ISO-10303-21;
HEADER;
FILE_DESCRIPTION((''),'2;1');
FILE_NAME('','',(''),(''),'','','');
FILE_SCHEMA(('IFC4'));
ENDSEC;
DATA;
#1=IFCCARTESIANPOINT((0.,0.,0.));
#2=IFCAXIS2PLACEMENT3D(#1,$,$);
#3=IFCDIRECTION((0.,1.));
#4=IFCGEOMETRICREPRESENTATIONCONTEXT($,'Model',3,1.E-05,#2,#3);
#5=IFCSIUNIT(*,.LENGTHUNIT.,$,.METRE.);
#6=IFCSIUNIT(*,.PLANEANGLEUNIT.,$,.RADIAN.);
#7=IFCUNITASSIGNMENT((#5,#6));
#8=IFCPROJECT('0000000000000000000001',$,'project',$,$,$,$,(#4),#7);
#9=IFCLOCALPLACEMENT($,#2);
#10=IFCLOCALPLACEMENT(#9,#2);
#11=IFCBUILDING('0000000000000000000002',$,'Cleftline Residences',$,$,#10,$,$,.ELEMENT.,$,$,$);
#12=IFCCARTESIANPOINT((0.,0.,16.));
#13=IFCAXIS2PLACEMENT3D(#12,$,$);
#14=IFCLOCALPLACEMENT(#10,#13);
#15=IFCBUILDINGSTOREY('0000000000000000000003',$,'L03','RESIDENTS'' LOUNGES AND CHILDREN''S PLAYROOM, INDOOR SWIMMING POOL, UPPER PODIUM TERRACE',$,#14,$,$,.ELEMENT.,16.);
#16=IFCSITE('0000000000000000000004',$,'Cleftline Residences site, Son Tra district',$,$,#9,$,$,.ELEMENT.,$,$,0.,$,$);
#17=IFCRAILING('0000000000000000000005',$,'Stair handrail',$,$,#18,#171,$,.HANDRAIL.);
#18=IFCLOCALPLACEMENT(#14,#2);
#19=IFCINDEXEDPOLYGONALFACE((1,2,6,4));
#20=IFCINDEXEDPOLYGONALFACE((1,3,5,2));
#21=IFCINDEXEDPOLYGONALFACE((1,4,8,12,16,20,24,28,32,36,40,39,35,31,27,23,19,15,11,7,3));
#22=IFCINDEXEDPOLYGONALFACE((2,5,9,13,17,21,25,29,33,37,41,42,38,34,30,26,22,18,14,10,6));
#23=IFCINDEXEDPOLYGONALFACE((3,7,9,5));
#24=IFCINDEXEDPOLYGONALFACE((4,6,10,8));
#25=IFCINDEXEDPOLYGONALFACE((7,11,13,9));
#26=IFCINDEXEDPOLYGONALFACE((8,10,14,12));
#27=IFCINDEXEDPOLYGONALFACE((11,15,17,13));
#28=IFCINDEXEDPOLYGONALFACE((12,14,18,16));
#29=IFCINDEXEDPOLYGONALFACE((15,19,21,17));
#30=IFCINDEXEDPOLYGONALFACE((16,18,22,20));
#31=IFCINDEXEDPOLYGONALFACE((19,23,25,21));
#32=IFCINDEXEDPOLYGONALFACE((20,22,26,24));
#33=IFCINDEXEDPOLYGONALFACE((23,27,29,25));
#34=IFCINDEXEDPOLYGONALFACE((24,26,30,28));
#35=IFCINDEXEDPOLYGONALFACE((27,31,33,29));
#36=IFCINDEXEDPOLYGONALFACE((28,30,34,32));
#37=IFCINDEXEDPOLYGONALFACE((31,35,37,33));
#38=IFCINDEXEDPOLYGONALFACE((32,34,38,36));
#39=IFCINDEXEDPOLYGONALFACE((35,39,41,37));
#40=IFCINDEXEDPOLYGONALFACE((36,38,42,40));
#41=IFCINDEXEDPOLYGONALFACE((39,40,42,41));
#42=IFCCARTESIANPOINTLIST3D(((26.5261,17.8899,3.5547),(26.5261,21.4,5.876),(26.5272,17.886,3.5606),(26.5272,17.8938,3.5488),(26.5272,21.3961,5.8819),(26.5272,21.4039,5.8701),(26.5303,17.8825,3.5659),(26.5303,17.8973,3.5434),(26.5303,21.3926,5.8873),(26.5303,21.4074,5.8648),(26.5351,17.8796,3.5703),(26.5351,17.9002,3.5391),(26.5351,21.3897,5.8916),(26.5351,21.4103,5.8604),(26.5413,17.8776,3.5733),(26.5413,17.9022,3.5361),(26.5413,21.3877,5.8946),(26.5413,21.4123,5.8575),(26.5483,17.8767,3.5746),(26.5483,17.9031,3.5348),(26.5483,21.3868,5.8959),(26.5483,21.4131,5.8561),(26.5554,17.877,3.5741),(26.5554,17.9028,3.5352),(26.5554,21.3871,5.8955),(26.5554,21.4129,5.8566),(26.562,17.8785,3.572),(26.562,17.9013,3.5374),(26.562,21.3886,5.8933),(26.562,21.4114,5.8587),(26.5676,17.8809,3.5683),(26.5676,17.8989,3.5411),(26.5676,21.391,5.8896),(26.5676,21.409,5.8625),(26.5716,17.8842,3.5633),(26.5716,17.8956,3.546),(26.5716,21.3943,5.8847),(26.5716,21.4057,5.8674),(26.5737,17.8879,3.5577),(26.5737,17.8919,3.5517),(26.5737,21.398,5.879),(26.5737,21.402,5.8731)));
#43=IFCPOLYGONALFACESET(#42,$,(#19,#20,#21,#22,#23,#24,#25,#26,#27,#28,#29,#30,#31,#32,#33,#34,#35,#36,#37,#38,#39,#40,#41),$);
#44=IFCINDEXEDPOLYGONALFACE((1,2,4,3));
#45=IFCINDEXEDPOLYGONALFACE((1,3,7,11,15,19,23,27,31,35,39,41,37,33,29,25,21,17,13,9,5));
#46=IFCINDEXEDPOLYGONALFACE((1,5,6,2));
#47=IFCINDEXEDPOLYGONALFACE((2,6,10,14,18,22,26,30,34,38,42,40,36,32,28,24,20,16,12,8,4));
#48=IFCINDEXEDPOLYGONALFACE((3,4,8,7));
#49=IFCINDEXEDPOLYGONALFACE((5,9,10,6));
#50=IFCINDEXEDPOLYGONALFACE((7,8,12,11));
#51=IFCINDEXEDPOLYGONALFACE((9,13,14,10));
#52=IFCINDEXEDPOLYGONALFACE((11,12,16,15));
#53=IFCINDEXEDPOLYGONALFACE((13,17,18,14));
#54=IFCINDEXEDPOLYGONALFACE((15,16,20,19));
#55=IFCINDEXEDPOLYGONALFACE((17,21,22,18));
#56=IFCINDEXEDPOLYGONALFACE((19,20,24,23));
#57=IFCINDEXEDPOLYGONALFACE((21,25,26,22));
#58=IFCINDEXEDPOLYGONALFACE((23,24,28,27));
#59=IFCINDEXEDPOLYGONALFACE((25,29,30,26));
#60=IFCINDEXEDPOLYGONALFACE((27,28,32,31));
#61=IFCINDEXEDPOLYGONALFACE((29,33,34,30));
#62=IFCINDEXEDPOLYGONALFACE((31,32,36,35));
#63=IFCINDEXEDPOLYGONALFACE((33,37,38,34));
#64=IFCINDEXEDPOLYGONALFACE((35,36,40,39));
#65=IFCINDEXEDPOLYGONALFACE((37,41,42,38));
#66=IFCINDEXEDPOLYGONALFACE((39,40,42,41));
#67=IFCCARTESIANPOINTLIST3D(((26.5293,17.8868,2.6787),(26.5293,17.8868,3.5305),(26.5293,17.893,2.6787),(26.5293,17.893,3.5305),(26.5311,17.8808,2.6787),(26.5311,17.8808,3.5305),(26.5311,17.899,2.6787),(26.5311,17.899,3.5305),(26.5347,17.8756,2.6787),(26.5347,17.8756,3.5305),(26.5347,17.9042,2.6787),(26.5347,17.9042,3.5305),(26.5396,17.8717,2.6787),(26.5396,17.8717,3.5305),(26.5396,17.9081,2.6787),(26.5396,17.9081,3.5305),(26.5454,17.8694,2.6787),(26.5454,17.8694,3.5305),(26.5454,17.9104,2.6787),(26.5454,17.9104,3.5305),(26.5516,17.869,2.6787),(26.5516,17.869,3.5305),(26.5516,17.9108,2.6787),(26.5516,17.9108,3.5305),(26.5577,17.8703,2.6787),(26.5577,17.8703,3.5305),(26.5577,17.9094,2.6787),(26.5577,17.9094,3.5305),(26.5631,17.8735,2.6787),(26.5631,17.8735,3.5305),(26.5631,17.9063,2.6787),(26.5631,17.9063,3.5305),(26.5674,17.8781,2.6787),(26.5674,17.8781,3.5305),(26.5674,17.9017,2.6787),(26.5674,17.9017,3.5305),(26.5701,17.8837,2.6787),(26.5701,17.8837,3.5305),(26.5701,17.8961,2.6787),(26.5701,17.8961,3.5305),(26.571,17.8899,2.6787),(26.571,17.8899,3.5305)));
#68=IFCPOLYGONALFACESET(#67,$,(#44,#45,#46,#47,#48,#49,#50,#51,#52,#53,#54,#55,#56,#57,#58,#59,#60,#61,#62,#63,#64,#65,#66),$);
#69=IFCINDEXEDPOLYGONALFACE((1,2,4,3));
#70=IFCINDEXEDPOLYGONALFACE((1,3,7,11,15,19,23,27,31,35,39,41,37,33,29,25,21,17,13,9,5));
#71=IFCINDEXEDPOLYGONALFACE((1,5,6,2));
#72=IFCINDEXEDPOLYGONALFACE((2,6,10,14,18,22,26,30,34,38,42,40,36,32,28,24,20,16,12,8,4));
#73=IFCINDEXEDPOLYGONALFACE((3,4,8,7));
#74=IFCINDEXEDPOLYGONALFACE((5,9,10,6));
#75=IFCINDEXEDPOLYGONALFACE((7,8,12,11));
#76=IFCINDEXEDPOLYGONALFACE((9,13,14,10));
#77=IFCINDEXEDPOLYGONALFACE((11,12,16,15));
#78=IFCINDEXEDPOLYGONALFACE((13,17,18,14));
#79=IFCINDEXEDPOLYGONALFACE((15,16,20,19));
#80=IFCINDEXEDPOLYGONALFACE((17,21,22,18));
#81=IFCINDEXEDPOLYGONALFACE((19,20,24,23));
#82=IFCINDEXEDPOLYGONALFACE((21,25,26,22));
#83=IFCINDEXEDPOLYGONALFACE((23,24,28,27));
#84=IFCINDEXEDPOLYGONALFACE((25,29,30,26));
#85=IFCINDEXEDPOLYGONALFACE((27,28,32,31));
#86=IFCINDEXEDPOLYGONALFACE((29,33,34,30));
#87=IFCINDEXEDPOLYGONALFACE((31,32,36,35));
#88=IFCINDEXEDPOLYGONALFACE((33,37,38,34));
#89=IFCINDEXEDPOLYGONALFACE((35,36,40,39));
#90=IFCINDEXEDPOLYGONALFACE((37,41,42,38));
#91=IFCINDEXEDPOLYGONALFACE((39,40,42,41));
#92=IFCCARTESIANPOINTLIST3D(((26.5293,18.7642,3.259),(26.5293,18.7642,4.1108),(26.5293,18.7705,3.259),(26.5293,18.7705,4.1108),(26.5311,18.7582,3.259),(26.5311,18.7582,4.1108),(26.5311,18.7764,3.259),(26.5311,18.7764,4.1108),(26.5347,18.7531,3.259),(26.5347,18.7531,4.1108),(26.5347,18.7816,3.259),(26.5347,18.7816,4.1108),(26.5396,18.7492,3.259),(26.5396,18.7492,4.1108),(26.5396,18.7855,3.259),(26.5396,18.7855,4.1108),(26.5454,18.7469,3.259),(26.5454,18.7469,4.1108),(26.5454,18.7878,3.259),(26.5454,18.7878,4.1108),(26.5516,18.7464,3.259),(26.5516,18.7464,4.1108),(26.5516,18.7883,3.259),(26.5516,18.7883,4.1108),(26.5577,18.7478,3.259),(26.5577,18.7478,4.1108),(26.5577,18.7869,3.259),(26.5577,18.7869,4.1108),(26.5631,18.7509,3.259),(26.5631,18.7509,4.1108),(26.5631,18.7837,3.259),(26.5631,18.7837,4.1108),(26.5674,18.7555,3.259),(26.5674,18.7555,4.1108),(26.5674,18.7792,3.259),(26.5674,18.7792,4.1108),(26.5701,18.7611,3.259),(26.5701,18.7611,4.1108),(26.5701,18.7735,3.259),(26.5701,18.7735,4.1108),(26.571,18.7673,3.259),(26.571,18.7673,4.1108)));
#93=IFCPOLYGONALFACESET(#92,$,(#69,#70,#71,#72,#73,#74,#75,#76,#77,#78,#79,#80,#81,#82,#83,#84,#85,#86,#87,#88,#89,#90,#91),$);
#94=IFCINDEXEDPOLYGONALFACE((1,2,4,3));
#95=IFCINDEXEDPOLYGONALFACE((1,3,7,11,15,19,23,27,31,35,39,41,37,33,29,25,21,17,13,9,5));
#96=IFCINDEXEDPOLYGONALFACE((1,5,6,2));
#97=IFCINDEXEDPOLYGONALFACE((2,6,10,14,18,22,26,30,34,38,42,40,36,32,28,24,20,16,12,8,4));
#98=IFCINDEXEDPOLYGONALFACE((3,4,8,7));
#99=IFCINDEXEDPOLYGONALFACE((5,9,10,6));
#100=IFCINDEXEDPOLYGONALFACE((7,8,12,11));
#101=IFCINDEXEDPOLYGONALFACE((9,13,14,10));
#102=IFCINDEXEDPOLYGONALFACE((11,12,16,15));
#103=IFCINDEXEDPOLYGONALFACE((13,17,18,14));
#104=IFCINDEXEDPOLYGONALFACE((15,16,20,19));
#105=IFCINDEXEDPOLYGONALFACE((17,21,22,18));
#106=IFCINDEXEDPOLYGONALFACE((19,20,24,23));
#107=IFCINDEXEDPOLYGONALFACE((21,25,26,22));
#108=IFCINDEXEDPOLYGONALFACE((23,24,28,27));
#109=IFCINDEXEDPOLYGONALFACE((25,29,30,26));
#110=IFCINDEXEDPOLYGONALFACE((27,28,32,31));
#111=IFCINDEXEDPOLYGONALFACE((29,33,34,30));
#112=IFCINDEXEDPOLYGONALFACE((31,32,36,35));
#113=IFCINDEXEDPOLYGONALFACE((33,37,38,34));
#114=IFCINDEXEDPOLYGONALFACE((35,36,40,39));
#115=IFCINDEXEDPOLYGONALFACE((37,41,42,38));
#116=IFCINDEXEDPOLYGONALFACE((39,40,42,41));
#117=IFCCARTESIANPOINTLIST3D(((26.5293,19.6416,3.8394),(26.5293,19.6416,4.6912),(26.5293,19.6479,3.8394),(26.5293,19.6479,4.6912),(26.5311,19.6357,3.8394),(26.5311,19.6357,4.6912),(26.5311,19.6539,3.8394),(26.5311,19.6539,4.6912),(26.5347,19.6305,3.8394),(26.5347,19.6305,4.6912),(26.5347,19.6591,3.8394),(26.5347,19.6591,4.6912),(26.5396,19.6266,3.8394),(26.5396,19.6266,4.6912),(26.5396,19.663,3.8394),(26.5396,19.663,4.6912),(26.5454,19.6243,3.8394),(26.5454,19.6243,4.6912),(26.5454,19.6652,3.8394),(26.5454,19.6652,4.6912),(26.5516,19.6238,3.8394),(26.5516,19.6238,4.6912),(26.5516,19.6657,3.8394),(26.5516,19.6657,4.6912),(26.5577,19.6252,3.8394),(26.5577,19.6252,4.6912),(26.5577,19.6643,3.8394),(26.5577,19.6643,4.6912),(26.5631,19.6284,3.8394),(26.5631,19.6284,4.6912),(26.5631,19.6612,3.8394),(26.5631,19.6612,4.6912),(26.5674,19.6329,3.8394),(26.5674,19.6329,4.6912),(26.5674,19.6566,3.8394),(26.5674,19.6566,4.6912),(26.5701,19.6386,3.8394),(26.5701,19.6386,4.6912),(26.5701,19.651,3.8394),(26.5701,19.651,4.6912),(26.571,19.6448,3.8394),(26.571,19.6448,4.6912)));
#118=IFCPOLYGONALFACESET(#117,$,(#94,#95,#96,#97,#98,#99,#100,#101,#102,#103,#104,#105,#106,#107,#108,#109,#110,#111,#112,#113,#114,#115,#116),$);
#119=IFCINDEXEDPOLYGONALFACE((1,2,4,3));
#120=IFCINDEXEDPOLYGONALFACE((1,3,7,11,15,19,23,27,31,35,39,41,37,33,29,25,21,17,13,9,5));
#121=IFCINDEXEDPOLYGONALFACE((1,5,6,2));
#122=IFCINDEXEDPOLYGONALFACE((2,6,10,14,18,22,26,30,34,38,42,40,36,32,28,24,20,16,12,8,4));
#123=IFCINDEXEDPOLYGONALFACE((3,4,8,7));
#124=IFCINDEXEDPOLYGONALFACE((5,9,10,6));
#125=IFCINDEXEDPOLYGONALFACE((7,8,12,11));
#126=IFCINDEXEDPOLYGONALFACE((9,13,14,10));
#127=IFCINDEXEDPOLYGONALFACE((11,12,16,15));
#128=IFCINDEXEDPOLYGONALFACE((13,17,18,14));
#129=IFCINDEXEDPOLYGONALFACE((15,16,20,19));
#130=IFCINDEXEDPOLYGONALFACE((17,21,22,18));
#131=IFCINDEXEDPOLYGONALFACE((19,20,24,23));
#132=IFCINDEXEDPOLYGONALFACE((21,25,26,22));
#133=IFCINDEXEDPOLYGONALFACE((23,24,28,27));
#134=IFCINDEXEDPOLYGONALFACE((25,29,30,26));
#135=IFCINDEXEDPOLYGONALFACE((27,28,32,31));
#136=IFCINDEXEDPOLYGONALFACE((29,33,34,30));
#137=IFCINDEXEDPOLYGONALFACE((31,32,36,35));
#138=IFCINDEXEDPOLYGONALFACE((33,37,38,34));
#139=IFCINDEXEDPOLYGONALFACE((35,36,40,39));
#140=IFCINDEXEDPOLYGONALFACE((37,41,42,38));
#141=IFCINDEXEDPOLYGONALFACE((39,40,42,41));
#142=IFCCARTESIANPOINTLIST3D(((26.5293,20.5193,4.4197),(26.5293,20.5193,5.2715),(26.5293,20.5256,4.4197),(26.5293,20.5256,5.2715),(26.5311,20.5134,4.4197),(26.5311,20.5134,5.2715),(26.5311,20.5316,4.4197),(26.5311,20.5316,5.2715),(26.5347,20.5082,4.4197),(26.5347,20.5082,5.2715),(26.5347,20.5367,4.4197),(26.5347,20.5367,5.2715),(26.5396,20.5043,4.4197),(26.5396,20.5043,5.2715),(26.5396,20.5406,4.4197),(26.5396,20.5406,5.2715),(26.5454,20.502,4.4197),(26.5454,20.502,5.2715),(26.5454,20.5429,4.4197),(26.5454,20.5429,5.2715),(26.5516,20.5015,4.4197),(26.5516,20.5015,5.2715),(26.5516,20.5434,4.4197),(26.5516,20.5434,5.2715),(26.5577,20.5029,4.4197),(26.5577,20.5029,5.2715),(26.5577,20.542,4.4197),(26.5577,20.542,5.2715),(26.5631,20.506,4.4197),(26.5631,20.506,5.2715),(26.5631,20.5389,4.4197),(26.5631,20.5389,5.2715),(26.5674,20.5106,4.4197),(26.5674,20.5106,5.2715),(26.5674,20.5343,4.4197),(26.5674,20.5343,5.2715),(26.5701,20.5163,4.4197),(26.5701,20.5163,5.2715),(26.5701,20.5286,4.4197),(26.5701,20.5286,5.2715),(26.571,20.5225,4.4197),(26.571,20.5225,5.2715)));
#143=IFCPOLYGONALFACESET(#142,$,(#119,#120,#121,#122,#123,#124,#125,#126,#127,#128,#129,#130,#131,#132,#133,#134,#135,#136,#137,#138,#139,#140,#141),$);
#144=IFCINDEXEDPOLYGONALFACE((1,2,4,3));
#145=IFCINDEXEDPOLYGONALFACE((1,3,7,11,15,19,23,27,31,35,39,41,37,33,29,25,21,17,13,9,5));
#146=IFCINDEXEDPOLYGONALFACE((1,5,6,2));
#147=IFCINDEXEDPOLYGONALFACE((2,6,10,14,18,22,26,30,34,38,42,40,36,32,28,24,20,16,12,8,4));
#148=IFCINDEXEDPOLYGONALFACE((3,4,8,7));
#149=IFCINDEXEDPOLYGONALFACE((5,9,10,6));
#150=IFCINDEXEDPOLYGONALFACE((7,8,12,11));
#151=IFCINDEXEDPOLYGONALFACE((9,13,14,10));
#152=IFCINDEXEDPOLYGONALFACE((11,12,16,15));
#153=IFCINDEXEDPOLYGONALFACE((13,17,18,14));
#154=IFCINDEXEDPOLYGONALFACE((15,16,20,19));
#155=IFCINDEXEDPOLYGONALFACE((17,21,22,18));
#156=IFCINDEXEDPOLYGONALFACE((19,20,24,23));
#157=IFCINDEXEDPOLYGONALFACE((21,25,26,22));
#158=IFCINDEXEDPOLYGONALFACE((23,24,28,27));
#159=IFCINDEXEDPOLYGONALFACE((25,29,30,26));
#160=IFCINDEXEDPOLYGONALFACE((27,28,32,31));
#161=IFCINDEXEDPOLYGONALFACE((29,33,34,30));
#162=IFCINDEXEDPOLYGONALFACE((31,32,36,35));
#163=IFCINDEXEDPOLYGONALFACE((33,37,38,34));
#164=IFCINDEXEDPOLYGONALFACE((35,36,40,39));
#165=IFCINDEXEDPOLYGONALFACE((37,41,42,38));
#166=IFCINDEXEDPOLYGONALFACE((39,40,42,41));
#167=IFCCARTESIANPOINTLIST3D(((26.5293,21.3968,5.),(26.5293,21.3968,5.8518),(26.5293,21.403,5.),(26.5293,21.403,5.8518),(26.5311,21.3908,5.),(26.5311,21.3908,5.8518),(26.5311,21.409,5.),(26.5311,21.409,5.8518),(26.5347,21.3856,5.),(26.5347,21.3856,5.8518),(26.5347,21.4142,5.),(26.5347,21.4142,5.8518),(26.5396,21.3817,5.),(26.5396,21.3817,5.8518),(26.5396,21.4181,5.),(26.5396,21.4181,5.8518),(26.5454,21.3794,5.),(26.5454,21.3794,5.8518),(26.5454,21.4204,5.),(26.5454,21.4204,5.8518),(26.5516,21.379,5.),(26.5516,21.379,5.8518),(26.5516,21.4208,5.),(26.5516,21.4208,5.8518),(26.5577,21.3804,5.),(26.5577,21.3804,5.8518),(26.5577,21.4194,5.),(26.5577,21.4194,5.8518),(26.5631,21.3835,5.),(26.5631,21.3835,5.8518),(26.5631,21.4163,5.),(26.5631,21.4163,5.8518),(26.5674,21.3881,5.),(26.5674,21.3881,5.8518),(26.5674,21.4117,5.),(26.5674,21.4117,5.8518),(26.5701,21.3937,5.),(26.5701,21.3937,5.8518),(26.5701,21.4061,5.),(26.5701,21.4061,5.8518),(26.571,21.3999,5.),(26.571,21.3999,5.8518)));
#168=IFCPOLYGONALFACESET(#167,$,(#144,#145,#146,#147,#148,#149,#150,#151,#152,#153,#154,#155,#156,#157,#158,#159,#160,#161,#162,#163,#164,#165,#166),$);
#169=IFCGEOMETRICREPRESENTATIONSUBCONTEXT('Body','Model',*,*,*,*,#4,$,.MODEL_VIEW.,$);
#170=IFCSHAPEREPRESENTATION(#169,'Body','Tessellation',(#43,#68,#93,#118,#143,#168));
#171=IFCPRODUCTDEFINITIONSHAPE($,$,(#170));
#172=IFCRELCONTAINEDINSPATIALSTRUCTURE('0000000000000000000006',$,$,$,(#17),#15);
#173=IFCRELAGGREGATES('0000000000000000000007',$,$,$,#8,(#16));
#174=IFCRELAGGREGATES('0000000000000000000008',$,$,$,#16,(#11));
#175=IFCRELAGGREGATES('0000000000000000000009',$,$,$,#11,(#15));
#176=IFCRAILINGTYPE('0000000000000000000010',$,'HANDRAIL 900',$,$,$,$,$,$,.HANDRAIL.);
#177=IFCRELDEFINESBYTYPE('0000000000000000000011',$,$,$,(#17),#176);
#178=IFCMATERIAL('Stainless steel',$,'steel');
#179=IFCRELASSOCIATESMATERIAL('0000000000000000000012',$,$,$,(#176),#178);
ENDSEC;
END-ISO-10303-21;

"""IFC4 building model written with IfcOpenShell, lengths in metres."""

from ifc_helpers import new_model, si_unit, direction, frame, origin, origin_2d, place, context, subcontext, project, spatial, circle, extrude, material, type_object, element, save


model = new_model("IFC4")

# Units and contexts
model_context = context("Model", 3, precision=1e-05, world=origin(), true_north=direction((0.0, 1.0)))
body_context = subcontext(model_context, "Body", "Model", "MODEL_VIEW")
ifc_project = project(units=[si_unit("LENGTHUNIT", "METRE"), si_unit("PLANEANGLEUNIT", "RADIAN")], contexts=[model_context])

# Site, building, storey
site_placement = place(None, origin())
site = spatial("IfcSite", under=ifc_project, at=site_placement, Name="Cleftline Residences site, Son Tra district", CompositionType="ELEMENT", RefElevation=0.0)
building_placement = place(site_placement, origin())
building = spatial("IfcBuilding", under=site, at=building_placement, Name="Cleftline Residences", CompositionType="ELEMENT")
storey_placement = place(building_placement, frame((0.0, 0.0, 16.0)))
storey = spatial("IfcBuildingStorey", under=building, at=storey_placement, Name="L03", Description="RESIDENTS' LOUNGES AND CHILDREN'S PLAYROOM, INDOOR SWIMMING POOL, UPPER PODIUM TERRACE", CompositionType="ELEMENT", Elevation=16.0)

# Railing
ifc_material_1 = material(Name="Stainless steel", Category="steel")
railing_type = type_object("IfcRailingType", Name="HANDRAIL 900", PredefinedType="HANDRAIL", material=ifc_material_1)
railing_1_placement = place(storey_placement, frame((26.55, 17.8899, 2.6787)))
element("IfcRailing", 1, at=railing_1_placement, inside=storey, type_object=railing_type, Name="Stair handrail", PredefinedType="HANDRAIL", context=body_context, shape_type="SweptSolid", body=[
    extrude(circle(Radius=0.0239, at=origin_2d()), frame((0.0, 0.0, 0.876), z_axis=(0.0, 0.834097, 0.551617), x_axis=(-1.0, 0.0, 0.0)), (0.0, 0.0, 1.0), 4.2083),
    extrude(circle(Radius=0.021, at=origin_2d()), origin(), (0.0, 0.0, 1.0), 0.8518),
    extrude(circle(Radius=0.021, at=origin_2d()), frame((0.0, 0.8774, 0.5803)), (0.0, 0.0, 1.0), 0.8518),
    extrude(circle(Radius=0.021, at=origin_2d()), frame((0.0, 1.7549, 1.1606)), (0.0, 0.0, 1.0), 0.8518),
    extrude(circle(Radius=0.021, at=origin_2d()), frame((0.0, 2.6326, 1.741)), (0.0, 0.0, 1.0), 0.8518),
    extrude(circle(Radius=0.021, at=origin_2d()), frame((0.0, 3.51, 2.3213)), (0.0, 0.0, 1.0), 0.8518),
])

save(model, "model.ifc")
